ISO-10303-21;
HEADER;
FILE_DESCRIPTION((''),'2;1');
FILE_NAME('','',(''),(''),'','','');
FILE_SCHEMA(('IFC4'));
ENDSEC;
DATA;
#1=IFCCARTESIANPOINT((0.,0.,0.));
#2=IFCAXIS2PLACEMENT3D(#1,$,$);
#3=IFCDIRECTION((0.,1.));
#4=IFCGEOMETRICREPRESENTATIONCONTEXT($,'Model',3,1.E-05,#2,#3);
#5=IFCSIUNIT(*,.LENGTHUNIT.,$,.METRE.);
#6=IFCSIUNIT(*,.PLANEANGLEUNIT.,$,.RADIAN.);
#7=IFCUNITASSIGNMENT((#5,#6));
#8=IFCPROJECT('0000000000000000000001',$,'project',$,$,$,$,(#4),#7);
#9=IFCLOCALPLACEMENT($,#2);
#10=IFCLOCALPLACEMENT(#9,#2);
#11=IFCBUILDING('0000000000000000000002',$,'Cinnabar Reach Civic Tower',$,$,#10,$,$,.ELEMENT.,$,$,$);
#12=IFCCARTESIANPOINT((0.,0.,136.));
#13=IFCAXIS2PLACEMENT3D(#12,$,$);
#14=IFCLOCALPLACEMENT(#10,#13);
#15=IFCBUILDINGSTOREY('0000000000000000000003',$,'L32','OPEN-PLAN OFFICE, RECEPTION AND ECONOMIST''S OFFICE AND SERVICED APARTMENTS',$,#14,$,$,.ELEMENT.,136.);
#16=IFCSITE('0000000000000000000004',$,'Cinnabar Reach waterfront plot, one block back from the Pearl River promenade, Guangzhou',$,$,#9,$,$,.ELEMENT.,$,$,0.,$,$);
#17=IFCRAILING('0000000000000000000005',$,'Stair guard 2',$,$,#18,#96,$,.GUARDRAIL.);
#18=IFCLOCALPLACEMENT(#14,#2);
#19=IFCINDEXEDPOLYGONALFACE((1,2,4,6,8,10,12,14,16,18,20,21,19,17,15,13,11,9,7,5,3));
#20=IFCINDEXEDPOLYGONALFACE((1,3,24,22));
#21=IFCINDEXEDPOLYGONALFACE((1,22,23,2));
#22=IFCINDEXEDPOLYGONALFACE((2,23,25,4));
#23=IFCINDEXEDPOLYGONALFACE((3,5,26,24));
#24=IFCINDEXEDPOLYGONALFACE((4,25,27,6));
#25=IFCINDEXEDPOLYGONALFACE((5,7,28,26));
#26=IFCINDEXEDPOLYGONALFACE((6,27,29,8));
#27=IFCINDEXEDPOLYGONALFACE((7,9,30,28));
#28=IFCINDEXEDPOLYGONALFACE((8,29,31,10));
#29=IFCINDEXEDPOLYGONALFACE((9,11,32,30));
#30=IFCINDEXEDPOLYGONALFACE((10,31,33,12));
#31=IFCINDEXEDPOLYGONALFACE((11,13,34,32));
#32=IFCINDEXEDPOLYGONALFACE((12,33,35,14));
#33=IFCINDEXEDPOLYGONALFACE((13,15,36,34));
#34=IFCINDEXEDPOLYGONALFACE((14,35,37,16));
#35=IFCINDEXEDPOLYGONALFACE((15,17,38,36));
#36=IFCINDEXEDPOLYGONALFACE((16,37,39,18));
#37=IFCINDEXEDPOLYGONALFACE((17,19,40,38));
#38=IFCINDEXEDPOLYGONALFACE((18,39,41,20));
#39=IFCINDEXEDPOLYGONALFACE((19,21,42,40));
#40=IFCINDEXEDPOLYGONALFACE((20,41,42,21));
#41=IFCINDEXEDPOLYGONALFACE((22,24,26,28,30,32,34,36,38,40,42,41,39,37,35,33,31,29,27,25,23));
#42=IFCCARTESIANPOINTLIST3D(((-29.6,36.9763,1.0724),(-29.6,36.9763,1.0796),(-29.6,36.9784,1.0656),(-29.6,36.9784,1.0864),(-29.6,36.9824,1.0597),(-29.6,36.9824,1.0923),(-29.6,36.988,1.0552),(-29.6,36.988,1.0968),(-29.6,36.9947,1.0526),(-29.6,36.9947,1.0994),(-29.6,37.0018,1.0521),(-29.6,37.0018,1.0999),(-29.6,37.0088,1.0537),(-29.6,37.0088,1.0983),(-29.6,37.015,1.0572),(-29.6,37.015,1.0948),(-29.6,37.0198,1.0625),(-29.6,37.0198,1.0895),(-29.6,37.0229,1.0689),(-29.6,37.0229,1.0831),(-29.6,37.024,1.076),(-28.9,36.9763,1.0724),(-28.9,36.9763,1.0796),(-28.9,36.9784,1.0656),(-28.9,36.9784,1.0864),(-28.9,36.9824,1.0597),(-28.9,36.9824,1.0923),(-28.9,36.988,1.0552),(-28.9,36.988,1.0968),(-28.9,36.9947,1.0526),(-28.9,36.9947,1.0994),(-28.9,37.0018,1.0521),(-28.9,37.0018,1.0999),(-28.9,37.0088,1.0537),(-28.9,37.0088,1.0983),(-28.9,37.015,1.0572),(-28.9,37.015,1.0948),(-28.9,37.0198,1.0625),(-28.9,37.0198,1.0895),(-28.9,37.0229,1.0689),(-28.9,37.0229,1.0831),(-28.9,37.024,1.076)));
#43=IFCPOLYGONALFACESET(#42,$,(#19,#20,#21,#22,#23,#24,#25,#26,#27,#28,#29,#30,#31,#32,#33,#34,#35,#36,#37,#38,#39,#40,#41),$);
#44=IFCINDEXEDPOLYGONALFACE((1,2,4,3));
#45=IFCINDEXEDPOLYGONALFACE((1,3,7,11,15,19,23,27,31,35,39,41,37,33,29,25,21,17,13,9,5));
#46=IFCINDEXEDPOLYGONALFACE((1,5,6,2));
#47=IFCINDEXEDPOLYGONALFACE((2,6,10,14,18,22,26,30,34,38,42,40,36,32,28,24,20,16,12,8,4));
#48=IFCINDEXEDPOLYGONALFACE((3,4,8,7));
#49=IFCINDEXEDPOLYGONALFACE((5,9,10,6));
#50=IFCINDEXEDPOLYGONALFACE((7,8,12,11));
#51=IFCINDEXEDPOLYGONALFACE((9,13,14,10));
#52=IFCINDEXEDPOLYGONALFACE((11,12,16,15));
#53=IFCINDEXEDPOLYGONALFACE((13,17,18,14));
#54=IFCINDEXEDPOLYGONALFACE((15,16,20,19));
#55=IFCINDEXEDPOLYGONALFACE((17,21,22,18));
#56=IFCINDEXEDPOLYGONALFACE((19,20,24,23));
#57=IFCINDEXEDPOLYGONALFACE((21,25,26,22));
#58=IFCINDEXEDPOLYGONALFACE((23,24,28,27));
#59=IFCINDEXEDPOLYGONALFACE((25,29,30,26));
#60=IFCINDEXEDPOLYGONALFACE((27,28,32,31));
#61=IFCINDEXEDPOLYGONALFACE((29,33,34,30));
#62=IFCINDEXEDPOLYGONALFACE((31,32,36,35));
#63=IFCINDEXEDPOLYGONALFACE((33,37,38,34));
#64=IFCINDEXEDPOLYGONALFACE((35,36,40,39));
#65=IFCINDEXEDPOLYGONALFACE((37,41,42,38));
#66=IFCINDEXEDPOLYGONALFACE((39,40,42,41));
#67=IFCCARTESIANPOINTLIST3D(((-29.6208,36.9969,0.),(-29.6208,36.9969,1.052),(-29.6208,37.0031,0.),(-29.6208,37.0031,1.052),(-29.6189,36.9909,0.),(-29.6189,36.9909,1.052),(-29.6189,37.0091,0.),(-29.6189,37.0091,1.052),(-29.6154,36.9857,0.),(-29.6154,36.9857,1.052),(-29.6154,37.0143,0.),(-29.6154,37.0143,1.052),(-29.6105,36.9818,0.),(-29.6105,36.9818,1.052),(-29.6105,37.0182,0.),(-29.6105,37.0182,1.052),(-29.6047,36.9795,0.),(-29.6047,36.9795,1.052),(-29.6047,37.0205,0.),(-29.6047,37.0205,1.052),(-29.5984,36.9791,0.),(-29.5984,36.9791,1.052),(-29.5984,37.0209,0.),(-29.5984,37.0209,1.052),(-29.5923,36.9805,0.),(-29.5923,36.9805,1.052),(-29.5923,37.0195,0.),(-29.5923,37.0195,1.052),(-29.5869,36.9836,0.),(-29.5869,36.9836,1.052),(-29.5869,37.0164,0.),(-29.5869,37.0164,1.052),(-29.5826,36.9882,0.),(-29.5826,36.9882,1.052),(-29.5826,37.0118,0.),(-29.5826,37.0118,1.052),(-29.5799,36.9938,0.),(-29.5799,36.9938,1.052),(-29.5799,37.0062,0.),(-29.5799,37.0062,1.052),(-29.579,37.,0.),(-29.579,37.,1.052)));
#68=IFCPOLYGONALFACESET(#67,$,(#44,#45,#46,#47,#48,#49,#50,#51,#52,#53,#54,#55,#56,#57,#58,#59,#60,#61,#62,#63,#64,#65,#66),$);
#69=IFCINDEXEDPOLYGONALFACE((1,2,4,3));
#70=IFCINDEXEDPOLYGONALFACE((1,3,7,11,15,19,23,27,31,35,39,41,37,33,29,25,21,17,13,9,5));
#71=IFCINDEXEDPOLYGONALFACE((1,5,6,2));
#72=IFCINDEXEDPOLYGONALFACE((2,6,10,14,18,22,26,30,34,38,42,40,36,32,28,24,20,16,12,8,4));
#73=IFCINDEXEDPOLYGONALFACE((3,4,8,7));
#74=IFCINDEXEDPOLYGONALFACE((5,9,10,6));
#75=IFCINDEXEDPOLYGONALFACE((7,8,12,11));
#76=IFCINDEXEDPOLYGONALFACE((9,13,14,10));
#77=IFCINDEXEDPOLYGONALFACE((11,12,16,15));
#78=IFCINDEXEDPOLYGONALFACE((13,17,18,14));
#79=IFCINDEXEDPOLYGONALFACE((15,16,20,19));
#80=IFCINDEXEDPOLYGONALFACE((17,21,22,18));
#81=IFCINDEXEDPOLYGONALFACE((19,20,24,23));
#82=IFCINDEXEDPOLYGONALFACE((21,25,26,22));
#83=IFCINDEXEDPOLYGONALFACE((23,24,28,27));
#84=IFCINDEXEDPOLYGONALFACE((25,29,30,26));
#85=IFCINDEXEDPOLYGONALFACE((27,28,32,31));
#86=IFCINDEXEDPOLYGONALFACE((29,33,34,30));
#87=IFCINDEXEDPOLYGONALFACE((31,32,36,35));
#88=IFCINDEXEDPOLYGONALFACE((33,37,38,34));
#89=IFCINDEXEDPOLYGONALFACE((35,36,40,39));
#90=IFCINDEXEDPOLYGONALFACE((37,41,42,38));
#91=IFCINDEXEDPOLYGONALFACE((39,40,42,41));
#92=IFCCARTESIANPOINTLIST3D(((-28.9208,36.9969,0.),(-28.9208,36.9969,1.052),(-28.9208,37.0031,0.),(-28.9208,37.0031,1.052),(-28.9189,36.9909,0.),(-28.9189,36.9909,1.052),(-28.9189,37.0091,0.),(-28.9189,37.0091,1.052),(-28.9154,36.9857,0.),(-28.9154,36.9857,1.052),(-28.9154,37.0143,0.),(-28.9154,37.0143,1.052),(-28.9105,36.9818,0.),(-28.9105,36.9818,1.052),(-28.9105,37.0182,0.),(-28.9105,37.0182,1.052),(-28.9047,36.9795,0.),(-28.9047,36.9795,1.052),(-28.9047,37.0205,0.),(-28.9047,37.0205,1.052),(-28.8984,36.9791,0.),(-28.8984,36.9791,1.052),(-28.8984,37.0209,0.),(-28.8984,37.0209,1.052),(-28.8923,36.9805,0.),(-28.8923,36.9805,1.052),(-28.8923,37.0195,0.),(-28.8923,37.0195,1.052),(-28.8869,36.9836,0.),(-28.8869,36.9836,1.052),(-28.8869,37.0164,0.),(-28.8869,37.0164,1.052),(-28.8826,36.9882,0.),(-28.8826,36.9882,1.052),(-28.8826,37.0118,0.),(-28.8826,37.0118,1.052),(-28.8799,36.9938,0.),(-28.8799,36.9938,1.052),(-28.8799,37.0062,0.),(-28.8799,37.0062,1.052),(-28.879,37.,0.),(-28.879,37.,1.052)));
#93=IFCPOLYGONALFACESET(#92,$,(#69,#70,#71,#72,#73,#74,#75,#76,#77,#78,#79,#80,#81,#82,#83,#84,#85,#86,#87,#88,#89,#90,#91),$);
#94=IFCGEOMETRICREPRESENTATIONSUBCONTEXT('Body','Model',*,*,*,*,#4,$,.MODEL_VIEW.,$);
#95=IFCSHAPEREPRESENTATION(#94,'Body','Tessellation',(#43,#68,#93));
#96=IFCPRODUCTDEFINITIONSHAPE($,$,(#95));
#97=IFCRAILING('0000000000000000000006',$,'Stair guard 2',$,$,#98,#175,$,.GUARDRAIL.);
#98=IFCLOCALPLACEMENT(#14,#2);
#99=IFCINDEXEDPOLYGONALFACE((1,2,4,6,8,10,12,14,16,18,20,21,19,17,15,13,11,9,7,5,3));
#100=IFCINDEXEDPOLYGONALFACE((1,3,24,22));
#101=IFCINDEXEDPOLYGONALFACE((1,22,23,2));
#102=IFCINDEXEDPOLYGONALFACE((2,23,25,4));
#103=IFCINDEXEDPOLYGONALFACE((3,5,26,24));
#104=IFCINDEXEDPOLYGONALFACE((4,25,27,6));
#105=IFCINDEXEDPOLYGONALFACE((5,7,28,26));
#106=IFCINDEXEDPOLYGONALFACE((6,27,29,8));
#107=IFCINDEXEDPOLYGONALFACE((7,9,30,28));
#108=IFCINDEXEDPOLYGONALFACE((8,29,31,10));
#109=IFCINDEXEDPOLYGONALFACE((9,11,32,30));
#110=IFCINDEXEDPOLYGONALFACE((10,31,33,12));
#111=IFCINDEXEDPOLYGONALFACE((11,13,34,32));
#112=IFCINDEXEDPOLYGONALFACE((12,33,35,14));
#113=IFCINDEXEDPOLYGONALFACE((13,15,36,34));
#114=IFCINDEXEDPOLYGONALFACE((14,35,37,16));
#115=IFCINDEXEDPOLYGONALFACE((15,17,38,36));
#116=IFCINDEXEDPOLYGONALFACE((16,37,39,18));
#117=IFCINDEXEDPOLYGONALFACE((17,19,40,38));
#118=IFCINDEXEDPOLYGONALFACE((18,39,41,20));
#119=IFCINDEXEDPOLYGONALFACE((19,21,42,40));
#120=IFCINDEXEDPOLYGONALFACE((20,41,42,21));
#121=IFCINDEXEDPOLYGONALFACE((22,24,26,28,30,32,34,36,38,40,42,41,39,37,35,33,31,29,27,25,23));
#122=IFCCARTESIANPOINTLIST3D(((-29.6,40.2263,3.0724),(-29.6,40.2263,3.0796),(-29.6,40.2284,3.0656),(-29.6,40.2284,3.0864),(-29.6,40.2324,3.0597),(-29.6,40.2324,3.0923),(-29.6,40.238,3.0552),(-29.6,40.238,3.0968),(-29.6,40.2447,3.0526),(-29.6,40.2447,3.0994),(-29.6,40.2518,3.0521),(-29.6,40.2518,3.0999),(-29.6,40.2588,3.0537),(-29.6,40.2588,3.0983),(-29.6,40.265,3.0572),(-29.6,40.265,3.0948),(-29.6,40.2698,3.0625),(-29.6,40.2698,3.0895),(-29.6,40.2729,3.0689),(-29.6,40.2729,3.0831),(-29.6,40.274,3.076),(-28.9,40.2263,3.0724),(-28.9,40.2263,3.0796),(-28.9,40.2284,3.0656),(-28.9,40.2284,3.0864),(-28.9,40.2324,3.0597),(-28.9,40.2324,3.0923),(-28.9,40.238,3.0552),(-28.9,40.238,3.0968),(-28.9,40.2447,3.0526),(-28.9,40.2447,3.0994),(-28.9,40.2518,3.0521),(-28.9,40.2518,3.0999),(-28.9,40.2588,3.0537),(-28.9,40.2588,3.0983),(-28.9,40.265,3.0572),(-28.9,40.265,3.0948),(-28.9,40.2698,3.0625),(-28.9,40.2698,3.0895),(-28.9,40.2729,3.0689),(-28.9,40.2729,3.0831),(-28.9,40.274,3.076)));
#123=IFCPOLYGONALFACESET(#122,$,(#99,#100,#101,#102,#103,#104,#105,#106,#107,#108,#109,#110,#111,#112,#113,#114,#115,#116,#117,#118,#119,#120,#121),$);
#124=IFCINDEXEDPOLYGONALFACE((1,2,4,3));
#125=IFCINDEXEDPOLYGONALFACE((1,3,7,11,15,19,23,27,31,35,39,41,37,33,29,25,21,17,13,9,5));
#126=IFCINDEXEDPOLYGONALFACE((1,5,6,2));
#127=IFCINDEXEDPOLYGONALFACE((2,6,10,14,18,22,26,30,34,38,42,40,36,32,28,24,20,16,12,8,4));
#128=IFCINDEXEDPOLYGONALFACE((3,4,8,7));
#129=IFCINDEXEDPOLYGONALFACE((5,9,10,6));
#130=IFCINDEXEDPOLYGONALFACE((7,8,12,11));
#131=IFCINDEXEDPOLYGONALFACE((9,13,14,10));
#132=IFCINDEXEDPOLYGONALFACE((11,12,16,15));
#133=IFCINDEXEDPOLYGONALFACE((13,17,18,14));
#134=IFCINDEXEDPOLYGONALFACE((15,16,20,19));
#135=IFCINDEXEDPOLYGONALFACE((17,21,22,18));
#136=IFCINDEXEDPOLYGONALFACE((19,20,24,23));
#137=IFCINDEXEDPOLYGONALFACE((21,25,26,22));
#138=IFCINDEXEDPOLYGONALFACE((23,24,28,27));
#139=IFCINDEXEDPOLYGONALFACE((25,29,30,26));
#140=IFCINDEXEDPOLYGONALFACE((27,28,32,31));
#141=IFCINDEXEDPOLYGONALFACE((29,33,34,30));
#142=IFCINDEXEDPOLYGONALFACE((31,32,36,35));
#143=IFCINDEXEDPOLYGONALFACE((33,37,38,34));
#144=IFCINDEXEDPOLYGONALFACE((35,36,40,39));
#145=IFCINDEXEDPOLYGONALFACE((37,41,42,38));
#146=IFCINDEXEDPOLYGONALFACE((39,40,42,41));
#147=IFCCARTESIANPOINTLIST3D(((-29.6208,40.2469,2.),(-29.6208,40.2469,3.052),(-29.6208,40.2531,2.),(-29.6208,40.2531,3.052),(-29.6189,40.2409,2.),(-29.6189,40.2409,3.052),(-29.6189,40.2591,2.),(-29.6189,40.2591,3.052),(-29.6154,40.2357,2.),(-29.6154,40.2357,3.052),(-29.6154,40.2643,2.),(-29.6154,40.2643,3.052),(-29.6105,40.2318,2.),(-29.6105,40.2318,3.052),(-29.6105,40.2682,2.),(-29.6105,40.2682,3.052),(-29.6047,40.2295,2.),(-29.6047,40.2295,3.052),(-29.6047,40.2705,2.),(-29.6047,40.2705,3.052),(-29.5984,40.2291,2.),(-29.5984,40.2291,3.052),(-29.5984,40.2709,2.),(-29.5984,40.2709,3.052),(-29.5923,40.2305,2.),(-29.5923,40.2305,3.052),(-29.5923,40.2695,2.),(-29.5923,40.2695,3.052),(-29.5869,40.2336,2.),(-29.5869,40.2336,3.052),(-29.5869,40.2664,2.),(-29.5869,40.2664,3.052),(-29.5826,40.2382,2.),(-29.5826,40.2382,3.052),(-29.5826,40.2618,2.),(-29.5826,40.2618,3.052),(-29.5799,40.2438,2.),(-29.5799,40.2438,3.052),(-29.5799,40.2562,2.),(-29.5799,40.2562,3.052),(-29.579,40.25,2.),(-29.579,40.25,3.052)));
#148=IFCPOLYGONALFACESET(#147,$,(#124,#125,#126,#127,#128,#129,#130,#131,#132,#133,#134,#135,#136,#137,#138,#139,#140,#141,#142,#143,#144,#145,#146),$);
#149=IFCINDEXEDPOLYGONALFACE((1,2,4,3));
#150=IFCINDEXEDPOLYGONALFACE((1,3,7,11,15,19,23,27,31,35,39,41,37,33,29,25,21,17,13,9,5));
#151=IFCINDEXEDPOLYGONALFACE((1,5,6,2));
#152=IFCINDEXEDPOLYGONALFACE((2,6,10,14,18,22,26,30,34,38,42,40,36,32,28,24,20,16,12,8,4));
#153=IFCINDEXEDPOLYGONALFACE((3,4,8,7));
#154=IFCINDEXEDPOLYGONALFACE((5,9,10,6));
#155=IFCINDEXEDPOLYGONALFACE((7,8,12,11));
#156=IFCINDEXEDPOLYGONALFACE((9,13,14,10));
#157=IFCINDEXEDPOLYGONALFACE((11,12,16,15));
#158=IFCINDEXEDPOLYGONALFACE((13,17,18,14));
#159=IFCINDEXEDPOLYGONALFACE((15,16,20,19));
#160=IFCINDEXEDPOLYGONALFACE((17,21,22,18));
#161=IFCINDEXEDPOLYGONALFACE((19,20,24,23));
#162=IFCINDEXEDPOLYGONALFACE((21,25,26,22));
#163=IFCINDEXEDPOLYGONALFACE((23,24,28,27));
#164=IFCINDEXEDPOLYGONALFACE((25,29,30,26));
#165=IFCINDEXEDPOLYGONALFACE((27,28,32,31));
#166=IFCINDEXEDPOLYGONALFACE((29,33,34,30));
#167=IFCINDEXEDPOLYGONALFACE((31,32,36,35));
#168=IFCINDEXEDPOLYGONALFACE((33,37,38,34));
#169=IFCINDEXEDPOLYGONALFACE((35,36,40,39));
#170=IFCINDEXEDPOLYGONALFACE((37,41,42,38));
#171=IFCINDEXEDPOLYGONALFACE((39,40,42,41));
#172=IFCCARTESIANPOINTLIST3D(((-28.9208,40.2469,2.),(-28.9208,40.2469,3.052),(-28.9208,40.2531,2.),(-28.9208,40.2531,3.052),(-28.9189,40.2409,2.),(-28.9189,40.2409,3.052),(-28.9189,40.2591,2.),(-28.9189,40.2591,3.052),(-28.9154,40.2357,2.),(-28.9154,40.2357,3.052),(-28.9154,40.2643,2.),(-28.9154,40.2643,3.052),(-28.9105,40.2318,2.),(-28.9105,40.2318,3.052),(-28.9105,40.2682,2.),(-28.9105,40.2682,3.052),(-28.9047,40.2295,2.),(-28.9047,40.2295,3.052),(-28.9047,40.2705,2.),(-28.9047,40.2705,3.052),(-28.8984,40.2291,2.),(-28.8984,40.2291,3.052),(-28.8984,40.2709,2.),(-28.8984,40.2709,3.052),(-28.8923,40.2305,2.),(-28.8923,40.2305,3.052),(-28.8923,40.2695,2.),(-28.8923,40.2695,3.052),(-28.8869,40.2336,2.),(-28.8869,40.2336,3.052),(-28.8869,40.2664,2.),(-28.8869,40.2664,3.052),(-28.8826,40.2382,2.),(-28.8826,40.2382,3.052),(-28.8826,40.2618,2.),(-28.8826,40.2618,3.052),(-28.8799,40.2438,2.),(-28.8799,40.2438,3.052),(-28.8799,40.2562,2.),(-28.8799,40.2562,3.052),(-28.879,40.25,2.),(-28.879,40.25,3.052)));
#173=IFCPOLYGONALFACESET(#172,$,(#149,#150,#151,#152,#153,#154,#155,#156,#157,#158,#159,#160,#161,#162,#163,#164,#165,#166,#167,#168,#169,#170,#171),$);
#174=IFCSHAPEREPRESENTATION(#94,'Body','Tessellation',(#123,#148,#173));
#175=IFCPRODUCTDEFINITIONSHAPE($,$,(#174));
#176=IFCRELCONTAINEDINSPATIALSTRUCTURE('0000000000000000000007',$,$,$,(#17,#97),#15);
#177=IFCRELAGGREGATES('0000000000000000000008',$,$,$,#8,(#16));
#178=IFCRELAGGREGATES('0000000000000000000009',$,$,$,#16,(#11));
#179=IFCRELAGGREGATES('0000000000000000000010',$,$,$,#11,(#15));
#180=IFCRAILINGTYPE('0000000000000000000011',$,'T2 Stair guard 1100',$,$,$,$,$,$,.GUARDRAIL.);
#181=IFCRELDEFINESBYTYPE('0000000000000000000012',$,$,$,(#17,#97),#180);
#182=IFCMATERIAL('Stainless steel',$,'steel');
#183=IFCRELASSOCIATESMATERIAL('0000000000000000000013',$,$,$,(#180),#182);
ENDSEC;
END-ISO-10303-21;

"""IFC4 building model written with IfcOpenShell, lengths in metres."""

from ifc_helpers import new_model, si_unit, direction, frame, origin, origin_2d, place, context, subcontext, project, spatial, circle, extrude, material, type_object, element, save


model = new_model("IFC4")

# Units and contexts
model_context = context("Model", 3, precision=1e-05, world=origin(), true_north=direction((0.0, 1.0)))
body_context = subcontext(model_context, "Body", "Model", "MODEL_VIEW")
ifc_project = project(units=[si_unit("LENGTHUNIT", "METRE"), si_unit("PLANEANGLEUNIT", "RADIAN")], contexts=[model_context])

# Site, building, storey
site_placement = place(None, origin())
site = spatial("IfcSite", under=ifc_project, at=site_placement, Name="Cinnabar Reach waterfront plot, one block back from the Pearl River promenade, Guangzhou", CompositionType="ELEMENT", RefElevation=0.0)
building_placement = place(site_placement, origin())
building = spatial("IfcBuilding", under=site, at=building_placement, Name="Cinnabar Reach Civic Tower", CompositionType="ELEMENT")
storey_placement = place(building_placement, frame((0.0, 0.0, 136.0)))
storey = spatial("IfcBuildingStorey", under=building, at=storey_placement, Name="L32", Description="OPEN-PLAN OFFICE, RECEPTION AND ECONOMIST'S OFFICE AND SERVICED APARTMENTS", CompositionType="ELEMENT", Elevation=136.0)

# Railings
ifc_material_1 = material(Name="Stainless steel", Category="steel")
railing_type = type_object("IfcRailingType", Name="T2 Stair guard 1100", PredefinedType="GUARDRAIL", material=ifc_material_1)
for number, where, name in (
    (1, (-29.6, 37.0, 0.0), "Stair guard 2"),
    (2, (-29.6, 40.25, 2.0), "Stair guard 2"),
):
    element("IfcRailing", number, at=place(storey_placement, frame(where)), inside=storey, type_object=railing_type, Name=name, PredefinedType="GUARDRAIL", context=body_context, shape_type="SweptSolid", body=[
        extrude(circle(Radius=0.024, at=origin_2d()), frame((0.0, 0.0, 1.076), z_axis=(1.0, 0.0, 0.0), x_axis=(0.0, 1.0, 0.0)), (0.0, 0.0, 1.0), 0.7),
        extrude(circle(Radius=0.021, at=origin_2d()), origin(), (0.0, 0.0, 1.0), 1.052),
        extrude(circle(Radius=0.021, at=origin_2d()), frame((0.7, 0.0, 0.0)), (0.0, 0.0, 1.0), 1.052),
    ])

save(model, "model.ifc")
